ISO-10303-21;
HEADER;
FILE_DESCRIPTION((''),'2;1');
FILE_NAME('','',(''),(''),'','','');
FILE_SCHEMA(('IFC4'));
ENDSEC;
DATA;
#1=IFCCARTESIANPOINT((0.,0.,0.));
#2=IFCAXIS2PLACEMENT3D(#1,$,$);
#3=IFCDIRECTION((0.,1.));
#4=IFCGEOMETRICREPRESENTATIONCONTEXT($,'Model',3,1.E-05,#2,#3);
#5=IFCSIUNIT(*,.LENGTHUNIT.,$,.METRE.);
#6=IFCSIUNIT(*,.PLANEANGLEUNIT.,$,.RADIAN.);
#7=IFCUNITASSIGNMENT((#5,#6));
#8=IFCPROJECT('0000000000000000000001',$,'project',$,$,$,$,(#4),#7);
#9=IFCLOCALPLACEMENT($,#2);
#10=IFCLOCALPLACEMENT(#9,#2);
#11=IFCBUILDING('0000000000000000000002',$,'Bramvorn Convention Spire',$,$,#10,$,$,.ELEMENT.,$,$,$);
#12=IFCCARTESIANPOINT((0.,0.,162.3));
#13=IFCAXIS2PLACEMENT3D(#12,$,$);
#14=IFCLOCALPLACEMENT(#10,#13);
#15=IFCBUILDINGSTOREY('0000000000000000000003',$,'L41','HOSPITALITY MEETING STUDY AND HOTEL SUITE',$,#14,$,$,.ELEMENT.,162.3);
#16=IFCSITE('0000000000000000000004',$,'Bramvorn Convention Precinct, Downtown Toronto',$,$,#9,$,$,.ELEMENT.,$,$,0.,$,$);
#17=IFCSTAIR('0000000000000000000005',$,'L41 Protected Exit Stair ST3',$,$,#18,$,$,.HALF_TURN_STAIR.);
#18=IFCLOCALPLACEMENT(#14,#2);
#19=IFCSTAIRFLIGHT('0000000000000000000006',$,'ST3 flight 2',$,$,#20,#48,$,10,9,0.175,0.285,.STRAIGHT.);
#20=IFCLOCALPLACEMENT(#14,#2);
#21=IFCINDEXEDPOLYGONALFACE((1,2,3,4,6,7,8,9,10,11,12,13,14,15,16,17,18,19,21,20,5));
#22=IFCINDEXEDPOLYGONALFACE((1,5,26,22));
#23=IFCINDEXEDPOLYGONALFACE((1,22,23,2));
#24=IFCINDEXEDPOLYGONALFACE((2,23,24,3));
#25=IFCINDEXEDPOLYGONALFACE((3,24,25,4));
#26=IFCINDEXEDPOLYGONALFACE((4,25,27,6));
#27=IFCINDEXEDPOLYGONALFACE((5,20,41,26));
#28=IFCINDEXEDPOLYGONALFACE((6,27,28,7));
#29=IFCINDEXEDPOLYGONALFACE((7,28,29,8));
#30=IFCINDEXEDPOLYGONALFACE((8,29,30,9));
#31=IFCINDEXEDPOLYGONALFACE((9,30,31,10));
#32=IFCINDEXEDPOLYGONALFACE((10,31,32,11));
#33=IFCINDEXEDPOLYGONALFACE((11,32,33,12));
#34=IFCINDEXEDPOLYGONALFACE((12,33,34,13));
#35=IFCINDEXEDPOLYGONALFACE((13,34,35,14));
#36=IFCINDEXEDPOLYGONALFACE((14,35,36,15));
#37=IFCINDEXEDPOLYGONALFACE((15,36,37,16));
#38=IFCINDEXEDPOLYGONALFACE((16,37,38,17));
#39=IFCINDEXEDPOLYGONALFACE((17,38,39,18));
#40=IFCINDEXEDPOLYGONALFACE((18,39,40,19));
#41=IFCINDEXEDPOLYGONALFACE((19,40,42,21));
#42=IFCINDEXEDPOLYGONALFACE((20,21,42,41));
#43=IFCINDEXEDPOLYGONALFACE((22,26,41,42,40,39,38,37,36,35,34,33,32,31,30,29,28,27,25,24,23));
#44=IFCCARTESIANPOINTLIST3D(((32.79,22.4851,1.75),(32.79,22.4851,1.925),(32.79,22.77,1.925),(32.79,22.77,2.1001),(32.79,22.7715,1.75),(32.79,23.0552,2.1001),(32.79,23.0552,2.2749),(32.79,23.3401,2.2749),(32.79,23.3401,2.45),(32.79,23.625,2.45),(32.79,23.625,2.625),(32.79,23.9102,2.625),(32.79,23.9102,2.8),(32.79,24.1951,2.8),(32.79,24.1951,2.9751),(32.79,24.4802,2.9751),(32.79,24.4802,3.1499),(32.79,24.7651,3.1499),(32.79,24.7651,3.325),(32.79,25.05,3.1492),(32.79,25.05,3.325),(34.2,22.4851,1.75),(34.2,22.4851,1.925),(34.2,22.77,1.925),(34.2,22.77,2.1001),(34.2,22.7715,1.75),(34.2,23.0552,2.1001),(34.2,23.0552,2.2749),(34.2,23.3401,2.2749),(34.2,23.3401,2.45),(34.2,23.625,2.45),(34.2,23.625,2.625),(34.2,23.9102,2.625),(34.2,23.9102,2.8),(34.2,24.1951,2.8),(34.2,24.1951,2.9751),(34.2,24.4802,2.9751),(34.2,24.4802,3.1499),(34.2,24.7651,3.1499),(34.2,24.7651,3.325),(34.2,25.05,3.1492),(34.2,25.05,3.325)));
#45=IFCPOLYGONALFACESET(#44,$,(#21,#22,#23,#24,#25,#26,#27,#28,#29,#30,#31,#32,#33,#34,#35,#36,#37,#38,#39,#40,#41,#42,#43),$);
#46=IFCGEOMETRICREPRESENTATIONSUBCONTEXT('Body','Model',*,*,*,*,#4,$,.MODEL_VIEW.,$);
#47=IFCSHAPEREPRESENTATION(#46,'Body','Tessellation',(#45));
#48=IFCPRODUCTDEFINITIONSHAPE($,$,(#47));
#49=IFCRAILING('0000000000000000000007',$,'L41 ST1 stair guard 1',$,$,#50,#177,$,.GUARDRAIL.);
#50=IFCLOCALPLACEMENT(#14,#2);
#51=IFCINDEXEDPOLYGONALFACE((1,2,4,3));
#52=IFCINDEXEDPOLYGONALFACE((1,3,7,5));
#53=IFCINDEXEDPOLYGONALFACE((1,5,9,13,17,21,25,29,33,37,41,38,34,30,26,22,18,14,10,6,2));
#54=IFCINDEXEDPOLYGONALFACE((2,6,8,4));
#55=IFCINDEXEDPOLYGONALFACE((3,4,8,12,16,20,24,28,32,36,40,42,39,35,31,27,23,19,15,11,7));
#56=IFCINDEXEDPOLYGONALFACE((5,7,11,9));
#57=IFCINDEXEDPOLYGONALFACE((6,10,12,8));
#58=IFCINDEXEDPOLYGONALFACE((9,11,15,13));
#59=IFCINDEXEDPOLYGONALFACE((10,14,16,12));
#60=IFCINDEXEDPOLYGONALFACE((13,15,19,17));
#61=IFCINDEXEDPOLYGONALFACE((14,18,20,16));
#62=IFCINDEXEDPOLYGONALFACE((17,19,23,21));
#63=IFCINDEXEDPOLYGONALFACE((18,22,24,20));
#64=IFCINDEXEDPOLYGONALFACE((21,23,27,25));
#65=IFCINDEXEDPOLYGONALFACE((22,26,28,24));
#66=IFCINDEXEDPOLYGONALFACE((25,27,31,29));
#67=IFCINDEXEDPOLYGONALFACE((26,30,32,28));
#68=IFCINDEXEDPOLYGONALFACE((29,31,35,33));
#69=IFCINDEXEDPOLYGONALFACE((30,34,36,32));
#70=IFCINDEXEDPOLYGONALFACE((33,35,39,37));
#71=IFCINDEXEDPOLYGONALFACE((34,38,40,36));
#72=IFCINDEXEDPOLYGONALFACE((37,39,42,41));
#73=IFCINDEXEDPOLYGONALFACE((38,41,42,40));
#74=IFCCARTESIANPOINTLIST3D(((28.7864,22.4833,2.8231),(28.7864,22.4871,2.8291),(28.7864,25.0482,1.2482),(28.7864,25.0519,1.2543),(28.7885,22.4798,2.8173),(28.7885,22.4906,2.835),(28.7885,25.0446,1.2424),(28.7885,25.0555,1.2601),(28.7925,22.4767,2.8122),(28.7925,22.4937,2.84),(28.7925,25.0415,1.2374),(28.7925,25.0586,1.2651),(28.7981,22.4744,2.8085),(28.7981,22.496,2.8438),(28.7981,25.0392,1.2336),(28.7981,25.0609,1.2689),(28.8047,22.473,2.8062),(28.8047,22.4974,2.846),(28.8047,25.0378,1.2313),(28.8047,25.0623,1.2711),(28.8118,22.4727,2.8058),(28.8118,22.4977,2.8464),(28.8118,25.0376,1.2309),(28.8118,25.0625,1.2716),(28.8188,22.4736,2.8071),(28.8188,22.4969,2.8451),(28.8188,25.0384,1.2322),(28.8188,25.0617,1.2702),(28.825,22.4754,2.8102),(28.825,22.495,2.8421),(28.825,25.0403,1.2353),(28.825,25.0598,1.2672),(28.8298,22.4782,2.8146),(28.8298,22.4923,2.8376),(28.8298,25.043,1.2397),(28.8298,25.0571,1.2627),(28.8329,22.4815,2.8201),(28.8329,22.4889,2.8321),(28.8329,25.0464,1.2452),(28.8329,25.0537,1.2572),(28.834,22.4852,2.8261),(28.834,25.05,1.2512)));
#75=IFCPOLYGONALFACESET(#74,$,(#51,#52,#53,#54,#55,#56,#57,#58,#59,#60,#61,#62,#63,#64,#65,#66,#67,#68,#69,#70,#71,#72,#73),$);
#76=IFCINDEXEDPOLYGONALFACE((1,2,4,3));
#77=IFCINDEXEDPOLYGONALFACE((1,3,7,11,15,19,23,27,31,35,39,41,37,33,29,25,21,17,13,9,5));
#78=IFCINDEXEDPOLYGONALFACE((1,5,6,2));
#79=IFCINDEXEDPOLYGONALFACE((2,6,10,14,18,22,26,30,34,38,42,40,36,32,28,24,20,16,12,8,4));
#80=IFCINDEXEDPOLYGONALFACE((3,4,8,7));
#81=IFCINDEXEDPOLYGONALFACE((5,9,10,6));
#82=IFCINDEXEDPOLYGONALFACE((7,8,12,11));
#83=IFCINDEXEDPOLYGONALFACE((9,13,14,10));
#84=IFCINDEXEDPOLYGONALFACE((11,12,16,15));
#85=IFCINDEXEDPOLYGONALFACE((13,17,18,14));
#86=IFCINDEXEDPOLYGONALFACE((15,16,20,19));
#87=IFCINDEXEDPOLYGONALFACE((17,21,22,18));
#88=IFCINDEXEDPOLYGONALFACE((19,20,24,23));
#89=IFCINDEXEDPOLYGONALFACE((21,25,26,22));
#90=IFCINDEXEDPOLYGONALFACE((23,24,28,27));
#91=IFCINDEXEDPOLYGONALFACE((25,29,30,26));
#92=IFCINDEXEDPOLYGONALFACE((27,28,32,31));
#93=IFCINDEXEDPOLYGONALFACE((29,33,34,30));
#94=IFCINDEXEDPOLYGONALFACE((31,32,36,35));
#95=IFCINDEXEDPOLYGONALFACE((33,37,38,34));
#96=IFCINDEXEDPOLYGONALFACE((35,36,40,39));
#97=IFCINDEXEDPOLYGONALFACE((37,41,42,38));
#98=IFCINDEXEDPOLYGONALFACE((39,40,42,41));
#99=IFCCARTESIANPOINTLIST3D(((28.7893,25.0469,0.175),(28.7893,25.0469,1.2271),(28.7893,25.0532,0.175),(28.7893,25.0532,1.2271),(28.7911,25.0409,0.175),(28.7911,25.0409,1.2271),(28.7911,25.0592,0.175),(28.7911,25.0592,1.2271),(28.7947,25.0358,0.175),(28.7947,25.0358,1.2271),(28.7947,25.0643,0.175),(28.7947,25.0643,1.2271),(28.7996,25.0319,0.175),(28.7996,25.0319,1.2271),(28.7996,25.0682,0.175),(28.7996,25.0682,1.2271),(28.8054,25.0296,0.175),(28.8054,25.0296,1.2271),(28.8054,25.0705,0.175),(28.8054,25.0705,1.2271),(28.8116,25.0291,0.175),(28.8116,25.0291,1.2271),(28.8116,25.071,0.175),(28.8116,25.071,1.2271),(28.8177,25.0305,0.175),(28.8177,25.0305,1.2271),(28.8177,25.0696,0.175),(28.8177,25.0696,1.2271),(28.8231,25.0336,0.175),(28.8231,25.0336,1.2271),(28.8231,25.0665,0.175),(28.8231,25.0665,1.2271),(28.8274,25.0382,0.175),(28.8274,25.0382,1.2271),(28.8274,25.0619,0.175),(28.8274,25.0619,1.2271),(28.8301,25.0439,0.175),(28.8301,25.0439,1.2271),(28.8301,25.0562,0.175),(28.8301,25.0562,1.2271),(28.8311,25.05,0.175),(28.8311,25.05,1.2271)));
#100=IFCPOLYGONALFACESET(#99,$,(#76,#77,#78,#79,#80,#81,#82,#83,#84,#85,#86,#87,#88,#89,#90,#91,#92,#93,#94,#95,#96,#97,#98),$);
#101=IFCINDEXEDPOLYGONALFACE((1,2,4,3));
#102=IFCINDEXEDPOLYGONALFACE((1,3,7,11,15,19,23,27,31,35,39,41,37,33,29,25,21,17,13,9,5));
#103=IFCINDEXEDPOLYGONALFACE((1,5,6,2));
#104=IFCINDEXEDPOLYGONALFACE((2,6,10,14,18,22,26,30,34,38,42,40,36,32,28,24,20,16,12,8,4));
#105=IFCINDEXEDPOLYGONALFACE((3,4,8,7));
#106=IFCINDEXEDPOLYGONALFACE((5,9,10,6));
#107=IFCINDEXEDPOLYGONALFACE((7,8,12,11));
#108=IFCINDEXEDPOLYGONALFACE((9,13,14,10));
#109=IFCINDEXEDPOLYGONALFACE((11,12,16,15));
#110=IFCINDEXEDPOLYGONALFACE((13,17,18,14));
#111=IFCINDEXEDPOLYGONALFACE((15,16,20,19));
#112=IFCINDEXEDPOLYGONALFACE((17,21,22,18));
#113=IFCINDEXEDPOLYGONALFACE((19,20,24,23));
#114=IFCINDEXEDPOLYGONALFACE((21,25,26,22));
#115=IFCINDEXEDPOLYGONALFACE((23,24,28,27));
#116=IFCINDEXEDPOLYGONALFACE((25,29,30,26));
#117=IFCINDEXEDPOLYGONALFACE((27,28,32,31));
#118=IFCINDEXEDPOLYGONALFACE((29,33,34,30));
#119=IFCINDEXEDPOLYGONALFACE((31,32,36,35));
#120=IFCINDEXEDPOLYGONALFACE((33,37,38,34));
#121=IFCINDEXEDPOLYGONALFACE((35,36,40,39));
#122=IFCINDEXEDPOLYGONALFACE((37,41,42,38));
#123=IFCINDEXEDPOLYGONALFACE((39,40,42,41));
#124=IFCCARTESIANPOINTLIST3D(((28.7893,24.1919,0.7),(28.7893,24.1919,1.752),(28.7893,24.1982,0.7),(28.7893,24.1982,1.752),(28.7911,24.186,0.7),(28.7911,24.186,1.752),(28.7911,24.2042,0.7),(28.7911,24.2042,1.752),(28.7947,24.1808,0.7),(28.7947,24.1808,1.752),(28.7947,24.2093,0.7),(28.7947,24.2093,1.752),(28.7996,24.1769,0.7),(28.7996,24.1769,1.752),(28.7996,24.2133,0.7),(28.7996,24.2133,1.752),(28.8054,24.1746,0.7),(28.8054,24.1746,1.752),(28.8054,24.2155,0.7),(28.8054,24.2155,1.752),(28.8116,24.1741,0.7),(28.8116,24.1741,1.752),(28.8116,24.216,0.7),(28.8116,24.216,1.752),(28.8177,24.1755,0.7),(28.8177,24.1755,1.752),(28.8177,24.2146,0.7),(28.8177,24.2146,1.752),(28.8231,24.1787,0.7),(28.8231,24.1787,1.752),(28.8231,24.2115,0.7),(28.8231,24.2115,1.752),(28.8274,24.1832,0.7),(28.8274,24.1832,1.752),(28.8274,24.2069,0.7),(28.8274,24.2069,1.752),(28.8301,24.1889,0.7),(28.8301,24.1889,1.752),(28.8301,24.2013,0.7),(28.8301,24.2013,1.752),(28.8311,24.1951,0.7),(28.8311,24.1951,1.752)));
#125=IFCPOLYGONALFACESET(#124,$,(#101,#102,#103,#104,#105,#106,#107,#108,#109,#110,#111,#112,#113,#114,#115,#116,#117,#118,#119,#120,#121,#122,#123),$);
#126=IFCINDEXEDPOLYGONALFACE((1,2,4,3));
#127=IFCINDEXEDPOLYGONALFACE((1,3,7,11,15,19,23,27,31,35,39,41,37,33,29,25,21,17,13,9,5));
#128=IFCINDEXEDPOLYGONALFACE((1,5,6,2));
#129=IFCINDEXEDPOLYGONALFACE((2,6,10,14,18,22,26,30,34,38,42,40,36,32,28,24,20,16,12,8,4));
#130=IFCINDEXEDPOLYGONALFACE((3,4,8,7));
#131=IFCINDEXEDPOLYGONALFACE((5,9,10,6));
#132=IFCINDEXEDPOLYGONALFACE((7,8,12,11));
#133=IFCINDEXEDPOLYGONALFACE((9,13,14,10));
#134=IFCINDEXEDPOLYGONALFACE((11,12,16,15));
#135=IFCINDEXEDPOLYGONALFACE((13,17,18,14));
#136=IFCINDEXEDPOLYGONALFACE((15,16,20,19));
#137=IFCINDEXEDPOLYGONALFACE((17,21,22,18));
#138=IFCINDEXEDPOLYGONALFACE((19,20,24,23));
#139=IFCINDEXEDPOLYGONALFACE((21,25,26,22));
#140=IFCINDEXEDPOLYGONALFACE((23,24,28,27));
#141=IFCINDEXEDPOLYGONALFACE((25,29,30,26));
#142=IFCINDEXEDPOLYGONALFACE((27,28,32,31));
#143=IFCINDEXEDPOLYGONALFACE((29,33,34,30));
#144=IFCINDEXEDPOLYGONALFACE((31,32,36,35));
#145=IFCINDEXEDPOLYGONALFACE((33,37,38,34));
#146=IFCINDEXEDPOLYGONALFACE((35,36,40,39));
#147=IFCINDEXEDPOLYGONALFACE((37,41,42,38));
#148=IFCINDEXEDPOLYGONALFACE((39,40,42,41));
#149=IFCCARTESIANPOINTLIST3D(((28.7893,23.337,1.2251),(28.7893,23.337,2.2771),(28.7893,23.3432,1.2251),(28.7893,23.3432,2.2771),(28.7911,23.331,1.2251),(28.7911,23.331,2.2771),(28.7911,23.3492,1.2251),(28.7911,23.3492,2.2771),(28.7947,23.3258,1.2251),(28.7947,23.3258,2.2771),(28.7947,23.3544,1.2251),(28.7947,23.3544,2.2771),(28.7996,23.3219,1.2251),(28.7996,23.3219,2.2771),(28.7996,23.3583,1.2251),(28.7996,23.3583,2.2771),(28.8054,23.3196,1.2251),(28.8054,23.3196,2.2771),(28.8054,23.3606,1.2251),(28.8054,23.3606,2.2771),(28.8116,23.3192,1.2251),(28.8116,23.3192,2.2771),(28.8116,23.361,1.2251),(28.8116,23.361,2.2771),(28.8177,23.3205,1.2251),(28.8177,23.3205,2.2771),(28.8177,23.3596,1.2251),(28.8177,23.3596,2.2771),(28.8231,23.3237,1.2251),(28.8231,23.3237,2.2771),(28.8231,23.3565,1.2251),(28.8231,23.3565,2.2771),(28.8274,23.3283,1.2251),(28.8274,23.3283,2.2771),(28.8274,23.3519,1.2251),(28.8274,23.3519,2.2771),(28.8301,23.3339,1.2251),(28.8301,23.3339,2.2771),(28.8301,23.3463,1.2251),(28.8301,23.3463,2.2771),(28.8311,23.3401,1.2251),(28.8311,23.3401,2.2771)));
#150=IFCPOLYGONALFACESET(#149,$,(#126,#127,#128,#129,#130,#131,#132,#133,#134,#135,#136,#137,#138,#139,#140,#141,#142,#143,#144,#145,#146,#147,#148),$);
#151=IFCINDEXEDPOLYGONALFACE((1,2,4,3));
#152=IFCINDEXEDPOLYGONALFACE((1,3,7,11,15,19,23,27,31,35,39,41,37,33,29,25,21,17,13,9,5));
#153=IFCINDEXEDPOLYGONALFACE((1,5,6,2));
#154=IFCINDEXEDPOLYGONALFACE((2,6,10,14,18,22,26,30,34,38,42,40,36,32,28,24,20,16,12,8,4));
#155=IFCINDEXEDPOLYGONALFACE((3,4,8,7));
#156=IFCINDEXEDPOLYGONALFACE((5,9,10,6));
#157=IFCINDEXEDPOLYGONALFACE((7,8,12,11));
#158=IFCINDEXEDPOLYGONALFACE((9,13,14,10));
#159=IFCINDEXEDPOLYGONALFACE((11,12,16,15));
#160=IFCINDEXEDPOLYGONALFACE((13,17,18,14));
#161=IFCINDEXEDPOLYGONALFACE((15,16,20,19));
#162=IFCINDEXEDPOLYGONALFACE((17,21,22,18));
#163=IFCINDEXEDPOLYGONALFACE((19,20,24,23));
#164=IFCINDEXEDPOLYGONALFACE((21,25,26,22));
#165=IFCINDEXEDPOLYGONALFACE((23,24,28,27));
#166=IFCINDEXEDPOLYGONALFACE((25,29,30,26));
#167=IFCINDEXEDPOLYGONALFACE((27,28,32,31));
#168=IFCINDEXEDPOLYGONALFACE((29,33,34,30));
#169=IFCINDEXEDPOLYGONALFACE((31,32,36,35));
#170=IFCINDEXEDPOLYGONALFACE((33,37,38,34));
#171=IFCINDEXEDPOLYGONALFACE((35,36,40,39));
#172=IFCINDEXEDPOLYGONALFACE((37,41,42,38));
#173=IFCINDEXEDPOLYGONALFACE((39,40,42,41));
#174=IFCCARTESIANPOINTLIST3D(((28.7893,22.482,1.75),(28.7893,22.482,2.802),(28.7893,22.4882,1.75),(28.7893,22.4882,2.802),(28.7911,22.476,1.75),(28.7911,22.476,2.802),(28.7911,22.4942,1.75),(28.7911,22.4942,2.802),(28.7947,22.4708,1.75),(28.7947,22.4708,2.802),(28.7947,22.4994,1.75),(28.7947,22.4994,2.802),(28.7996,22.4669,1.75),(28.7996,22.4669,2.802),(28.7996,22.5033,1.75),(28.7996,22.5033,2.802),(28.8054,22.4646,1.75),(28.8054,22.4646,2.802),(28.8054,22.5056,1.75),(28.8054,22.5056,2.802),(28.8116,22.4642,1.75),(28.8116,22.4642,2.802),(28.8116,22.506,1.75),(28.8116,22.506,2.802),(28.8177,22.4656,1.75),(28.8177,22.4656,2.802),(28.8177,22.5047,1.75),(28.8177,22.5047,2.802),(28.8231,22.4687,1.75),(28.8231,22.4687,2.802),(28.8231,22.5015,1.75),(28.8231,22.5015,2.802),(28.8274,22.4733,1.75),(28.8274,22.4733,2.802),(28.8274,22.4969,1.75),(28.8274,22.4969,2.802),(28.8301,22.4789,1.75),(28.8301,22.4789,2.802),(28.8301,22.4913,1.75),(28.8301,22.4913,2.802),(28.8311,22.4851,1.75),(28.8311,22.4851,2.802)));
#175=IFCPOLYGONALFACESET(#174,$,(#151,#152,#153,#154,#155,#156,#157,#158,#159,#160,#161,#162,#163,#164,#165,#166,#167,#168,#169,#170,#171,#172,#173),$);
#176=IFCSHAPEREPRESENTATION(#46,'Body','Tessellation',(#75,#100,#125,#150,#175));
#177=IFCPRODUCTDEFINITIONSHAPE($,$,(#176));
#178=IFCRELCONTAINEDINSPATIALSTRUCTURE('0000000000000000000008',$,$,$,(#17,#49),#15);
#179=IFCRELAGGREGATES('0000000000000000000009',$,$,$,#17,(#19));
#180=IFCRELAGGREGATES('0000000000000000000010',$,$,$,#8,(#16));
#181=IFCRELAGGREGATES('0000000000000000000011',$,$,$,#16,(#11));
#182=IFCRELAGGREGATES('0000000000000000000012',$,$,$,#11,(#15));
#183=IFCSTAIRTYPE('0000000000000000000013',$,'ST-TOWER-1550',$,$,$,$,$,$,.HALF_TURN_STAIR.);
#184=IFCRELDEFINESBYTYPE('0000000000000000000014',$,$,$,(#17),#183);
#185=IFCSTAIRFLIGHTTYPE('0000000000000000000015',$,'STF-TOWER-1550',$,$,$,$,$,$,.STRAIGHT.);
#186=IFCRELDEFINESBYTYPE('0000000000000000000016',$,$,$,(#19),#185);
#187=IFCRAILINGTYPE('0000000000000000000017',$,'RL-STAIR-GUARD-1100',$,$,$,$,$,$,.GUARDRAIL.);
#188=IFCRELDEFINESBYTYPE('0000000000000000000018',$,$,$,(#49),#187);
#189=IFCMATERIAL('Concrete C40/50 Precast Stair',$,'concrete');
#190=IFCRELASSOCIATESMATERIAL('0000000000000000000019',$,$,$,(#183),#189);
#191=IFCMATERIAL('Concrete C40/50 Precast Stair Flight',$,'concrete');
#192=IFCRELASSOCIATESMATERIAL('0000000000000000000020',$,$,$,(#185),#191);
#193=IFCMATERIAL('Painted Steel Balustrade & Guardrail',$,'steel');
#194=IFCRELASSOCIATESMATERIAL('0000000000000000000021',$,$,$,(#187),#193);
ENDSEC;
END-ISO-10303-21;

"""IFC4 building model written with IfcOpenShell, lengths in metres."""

from ifc_helpers import new_model, si_unit, direction, frame, origin, origin_2d, place, context, subcontext, project, spatial, polyline, circle, outline, extrude, material, type_object, element, aggregate, save


model = new_model("IFC4")

# Units and contexts
model_context = context("Model", 3, precision=1e-05, world=origin(), true_north=direction((0.0, 1.0)))
body_context = subcontext(model_context, "Body", "Model", "MODEL_VIEW")
ifc_project = project(units=[si_unit("LENGTHUNIT", "METRE"), si_unit("PLANEANGLEUNIT", "RADIAN")], contexts=[model_context])

# Site, building, storey
site_placement = place(None, origin())
site = spatial("IfcSite", under=ifc_project, at=site_placement, Name="Bramvorn Convention Precinct, Downtown Toronto", CompositionType="ELEMENT", RefElevation=0.0)
building_placement = place(site_placement, origin())
building = spatial("IfcBuilding", under=site, at=building_placement, Name="Bramvorn Convention Spire", CompositionType="ELEMENT")
storey_placement = place(building_placement, frame((0.0, 0.0, 162.3)))
storey = spatial("IfcBuildingStorey", under=building, at=storey_placement, Name="L41", Description="HOSPITALITY MEETING STUDY AND HOTEL SUITE", CompositionType="ELEMENT", Elevation=162.3)

# Stair, stair flight
ifc_material_1 = material(Name="Concrete C40/50 Precast Stair", Category="concrete")
stair_type = type_object("IfcStairType", Name="ST-TOWER-1550", PredefinedType="HALF_TURN_STAIR", material=ifc_material_1)
ifc_material_2 = material(Name="Concrete C40/50 Precast Stair Flight", Category="concrete")
stair_flight_type = type_object("IfcStairFlightType", Name="STF-TOWER-1550", PredefinedType="STRAIGHT", material=ifc_material_2)
stair_1_placement = place(storey_placement, origin())
stair_1 = element("IfcStair", 1, at=stair_1_placement, inside=storey, type_object=stair_type, Name="L41 Protected Exit Stair ST3", PredefinedType="HALF_TURN_STAIR")
stair_flight_1_placement = place(storey_placement, frame((33.4951, 22.4851, 1.75), z_axis=(0.0, 0.0, 1.0), x_axis=(0.0, 1.0, 0.0)))
stair_flight_1 = element("IfcStairFlight", 2, at=stair_flight_1_placement, type_object=stair_flight_type, Name="ST3 flight 2", NumberOfRisers=10, NumberOfTreads=9, PredefinedType="STRAIGHT", RiserHeight=0.175, TreadLength=0.285, context=body_context, shape_type="SweptSolid", body=[
    extrude(outline(polyline([(0.0, 0.0), (0.0, 0.175), (0.2849, 0.175), (0.2849, 0.3501), (0.5701, 0.3501), (0.5701, 0.5249), (0.855, 0.5249), (0.855, 0.7), (1.1399, 0.7), (1.1399, 0.875), (1.425, 0.875), (1.425, 1.05), (1.71, 1.05), (1.71, 1.2251), (1.9951, 1.2251), (1.9951, 1.3999), (2.28, 1.3999), (2.28, 1.575), (2.5649, 1.575), (2.5649, 1.75), (2.5649, 1.3992), (0.2864, 0.0), (0.0, 0.0)])), frame((0.0, 0.7051, 0.0), z_axis=(0.0, -1.0, 0.0), x_axis=(1.0, 0.0, 0.0)), (0.0, 0.0, 1.0), 1.4099),
])
aggregate(stair_1, [stair_flight_1])

# Railing
ifc_material_3 = material(Name="Painted Steel Balustrade & Guardrail", Category="steel")
railing_type_1 = type_object("IfcRailingType", Name="RL-STAIR-GUARD-1100", PredefinedType="GUARDRAIL", material=ifc_material_3)
railing_1_placement = place(storey_placement, frame((28.8101, 25.05, 0.175)))
element("IfcRailing", 3, at=railing_1_placement, inside=storey, type_object=railing_type_1, Name="L41 ST1 stair guard 1", PredefinedType="GUARDRAIL", context=body_context, shape_type="SweptSolid", body=[
    extrude(circle(Radius=0.0239, at=origin_2d()), frame((0.0, 0.0, 1.0762), z_axis=(0.0, -0.852173, 0.52326), x_axis=(1.0, 0.0, 0.0)), (0.0, 0.0, 1.0), 3.0098),
    extrude(circle(Radius=0.021, at=origin_2d()), origin(), (0.0, 0.0, 1.0), 1.052),
    extrude(circle(Radius=0.021, at=origin_2d()), frame((0.0, -0.855, 0.5249)), (0.0, 0.0, 1.0), 1.052),
    extrude(circle(Radius=0.021, at=origin_2d()), frame((0.0, -1.71, 1.05)), (0.0, 0.0, 1.0), 1.052),
    extrude(circle(Radius=0.021, at=origin_2d()), frame((0.0, -2.5649, 1.575)), (0.0, 0.0, 1.0), 1.052),
])

save(model, "model.ifc")
